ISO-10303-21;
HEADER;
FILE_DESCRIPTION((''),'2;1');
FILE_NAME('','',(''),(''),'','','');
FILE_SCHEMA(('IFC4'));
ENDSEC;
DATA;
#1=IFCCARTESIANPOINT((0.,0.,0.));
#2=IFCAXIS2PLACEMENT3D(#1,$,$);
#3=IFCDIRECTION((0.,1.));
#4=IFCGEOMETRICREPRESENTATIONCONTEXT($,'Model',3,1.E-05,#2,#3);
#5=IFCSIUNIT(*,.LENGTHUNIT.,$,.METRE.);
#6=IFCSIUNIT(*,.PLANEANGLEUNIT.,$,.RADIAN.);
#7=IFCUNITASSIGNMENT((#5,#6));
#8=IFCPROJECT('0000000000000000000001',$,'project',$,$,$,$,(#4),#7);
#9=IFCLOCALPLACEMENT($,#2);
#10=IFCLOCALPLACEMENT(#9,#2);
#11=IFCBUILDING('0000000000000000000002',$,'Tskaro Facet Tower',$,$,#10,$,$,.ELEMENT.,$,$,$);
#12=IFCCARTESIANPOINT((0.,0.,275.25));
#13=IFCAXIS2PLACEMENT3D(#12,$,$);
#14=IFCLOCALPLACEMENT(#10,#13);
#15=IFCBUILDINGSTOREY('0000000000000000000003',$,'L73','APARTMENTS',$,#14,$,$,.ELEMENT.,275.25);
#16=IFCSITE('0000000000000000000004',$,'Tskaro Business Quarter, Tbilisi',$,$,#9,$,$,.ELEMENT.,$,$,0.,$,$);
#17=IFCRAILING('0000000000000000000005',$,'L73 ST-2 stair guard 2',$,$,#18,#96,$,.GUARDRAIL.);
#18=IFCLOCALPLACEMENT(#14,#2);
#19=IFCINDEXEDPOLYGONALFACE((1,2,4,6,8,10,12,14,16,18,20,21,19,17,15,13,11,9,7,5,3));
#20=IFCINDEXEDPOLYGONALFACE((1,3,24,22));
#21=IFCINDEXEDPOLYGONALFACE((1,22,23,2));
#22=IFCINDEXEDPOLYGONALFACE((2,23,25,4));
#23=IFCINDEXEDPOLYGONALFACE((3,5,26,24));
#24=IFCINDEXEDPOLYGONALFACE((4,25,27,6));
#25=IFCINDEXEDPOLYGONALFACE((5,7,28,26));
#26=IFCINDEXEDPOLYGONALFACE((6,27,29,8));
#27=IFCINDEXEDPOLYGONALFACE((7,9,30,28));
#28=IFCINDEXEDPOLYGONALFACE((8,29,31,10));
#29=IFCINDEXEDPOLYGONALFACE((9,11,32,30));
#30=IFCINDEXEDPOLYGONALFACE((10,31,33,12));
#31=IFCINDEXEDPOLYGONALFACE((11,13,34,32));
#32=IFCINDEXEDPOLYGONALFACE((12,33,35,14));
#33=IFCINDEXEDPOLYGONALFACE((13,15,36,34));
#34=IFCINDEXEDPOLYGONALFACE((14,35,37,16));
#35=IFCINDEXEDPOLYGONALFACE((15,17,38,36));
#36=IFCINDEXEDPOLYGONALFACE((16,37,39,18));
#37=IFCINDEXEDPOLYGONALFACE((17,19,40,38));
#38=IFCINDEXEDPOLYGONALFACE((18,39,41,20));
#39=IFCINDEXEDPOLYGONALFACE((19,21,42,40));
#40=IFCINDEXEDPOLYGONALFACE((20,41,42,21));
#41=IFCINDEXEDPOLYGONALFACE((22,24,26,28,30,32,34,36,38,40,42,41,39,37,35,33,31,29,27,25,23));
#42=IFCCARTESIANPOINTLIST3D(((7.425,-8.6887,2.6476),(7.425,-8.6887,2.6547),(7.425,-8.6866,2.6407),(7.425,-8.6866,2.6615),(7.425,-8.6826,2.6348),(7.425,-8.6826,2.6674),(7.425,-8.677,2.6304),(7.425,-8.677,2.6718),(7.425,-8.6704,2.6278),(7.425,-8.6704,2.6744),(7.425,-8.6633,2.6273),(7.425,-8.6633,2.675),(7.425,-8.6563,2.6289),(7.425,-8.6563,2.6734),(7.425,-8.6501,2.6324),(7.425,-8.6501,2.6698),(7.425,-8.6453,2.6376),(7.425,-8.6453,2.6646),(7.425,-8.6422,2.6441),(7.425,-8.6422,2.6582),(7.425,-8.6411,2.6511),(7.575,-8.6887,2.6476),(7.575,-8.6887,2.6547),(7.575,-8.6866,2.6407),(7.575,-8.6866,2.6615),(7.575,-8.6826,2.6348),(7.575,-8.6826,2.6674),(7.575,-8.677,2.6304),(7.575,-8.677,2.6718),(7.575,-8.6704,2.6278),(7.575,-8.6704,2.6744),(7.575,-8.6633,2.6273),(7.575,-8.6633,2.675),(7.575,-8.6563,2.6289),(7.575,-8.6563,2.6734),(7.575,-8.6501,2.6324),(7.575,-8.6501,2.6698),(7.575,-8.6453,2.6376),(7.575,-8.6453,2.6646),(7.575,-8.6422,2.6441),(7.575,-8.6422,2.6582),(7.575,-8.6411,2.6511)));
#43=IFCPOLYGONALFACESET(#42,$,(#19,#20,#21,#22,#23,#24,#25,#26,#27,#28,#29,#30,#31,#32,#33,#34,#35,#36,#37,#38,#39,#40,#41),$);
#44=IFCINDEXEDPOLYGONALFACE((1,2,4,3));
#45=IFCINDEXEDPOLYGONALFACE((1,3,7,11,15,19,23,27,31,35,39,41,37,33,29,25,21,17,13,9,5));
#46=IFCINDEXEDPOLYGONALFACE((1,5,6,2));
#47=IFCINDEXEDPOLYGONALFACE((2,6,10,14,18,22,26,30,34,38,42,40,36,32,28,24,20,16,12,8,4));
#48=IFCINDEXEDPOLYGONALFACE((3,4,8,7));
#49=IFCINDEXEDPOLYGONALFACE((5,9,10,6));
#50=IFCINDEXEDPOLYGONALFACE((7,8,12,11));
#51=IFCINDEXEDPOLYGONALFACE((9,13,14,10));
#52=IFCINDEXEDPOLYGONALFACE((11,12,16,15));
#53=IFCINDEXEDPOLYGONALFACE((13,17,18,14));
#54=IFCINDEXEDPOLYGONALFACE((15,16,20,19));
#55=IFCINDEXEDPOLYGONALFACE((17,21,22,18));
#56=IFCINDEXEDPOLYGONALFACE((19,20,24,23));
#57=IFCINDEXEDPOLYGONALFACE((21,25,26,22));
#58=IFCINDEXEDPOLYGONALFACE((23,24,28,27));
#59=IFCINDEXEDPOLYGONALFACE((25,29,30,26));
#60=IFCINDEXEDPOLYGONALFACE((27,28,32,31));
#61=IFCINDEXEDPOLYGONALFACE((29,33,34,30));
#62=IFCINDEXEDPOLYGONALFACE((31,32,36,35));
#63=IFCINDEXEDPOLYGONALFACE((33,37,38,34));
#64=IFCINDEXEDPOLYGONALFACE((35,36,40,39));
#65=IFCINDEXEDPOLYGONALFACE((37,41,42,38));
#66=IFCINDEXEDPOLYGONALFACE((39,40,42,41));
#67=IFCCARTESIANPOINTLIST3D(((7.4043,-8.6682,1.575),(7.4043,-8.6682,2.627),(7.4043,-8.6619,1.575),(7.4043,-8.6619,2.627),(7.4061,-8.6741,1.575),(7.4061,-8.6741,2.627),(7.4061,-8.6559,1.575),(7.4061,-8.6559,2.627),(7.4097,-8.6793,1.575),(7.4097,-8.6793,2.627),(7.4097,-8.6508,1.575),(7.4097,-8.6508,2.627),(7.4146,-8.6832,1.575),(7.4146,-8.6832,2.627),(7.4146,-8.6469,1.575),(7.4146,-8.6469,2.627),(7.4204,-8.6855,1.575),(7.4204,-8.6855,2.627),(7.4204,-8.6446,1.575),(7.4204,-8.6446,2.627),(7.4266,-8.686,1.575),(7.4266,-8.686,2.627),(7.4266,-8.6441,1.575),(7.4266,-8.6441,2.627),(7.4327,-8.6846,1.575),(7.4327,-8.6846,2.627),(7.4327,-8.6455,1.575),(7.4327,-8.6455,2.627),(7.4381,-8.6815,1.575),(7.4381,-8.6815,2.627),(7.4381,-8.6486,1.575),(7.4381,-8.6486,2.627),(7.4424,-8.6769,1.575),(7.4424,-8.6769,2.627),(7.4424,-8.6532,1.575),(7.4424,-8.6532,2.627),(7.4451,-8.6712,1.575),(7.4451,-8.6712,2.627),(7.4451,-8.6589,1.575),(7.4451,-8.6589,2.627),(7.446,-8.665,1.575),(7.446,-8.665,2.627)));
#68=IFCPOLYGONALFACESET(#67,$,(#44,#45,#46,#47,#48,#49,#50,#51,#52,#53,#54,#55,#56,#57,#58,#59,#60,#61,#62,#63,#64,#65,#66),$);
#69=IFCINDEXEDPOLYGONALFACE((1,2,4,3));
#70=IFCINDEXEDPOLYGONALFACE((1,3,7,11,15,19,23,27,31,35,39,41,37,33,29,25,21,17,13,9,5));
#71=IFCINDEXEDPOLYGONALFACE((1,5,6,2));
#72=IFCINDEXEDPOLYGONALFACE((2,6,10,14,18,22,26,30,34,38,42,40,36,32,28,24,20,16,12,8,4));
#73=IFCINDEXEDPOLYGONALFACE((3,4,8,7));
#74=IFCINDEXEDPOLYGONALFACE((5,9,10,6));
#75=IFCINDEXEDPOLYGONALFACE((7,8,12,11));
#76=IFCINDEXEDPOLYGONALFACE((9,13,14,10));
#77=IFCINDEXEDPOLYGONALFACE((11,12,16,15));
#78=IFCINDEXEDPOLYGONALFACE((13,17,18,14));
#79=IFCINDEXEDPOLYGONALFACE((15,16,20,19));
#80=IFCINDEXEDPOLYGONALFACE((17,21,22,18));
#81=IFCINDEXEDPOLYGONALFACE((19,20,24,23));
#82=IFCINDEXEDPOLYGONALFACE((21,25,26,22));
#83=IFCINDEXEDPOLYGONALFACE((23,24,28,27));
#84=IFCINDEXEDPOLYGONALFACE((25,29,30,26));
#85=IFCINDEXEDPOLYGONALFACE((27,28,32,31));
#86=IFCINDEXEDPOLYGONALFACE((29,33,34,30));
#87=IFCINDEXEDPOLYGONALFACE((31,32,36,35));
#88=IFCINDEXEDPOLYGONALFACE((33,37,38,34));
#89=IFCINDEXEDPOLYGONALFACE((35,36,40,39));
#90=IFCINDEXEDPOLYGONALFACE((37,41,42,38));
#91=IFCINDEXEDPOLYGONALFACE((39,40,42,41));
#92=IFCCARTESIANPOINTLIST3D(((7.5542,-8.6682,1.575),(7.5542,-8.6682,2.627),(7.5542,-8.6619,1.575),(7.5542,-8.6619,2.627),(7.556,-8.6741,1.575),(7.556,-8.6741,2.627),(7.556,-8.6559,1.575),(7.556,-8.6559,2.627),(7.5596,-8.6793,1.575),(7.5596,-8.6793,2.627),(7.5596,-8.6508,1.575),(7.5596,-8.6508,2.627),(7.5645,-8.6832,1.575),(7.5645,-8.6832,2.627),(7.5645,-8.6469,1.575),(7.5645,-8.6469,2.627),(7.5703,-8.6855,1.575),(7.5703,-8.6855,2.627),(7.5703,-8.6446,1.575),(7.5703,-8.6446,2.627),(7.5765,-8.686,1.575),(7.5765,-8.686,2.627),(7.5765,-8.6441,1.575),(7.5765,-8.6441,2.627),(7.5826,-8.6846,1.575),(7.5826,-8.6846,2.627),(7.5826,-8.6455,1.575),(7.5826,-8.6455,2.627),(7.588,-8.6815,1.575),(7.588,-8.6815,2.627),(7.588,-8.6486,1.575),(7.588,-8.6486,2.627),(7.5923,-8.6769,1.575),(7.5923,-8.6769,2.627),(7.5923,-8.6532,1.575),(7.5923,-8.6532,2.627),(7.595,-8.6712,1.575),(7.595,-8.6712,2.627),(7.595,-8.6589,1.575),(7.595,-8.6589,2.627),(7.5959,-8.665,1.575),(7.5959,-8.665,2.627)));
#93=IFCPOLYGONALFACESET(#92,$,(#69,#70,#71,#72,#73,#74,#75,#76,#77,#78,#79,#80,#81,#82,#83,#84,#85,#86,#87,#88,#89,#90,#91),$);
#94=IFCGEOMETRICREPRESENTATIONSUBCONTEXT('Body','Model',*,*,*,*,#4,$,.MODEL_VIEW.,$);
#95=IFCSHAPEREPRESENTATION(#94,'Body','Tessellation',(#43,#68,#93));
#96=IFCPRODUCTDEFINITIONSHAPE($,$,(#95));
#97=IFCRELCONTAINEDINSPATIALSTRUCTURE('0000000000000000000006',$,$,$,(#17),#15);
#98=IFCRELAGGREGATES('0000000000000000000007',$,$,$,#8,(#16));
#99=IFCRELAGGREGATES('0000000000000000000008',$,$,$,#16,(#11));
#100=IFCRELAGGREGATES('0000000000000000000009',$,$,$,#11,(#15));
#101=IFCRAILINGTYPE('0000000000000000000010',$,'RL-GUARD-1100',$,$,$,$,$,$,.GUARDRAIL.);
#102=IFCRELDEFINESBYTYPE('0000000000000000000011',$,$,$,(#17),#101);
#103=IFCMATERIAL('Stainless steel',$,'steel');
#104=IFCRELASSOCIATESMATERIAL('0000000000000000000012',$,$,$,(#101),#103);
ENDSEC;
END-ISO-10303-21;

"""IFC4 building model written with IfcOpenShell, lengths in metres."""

from ifc_helpers import new_model, si_unit, direction, frame, origin, origin_2d, place, context, subcontext, project, spatial, circle, extrude, material, type_object, element, save


model = new_model("IFC4")

# Units and contexts
model_context = context("Model", 3, precision=1e-05, world=origin(), true_north=direction((0.0, 1.0)))
body_context = subcontext(model_context, "Body", "Model", "MODEL_VIEW")
ifc_project = project(units=[si_unit("LENGTHUNIT", "METRE"), si_unit("PLANEANGLEUNIT", "RADIAN")], contexts=[model_context])

# Site, building, storey
site_placement = place(None, origin())
site = spatial("IfcSite", under=ifc_project, at=site_placement, Name="Tskaro Business Quarter, Tbilisi", CompositionType="ELEMENT", RefElevation=0.0)
building_placement = place(site_placement, origin())
building = spatial("IfcBuilding", under=site, at=building_placement, Name="Tskaro Facet Tower", CompositionType="ELEMENT")
storey_placement = place(building_placement, frame((0.0, 0.0, 275.25)))
storey = spatial("IfcBuildingStorey", under=building, at=storey_placement, Name="L73", Description="APARTMENTS", CompositionType="ELEMENT", Elevation=275.25)

# Railing
ifc_material_1 = material(Name="Stainless steel", Category="steel")
railing_type_1 = type_object("IfcRailingType", Name="RL-GUARD-1100", PredefinedType="GUARDRAIL", material=ifc_material_1)
railing_1_placement = place(storey_placement, frame((7.425, -8.665, 1.575)))
element("IfcRailing", 1, at=railing_1_placement, inside=storey, type_object=railing_type_1, Name="L73 ST-2 stair guard 2", PredefinedType="GUARDRAIL", context=body_context, shape_type="SweptSolid", body=[
    extrude(circle(Radius=0.0239, at=origin_2d()), frame((0.0, 0.0, 1.0762), z_axis=(1.0, 0.0, 0.0), x_axis=(0.0, 1.0, 0.0)), (0.0, 0.0, 1.0), 0.1499),
    extrude(circle(Radius=0.021, at=origin_2d()), origin(), (0.0, 0.0, 1.0), 1.052),
    extrude(circle(Radius=0.021, at=origin_2d()), frame((0.1499, 0.0, 0.0)), (0.0, 0.0, 1.0), 1.052),
])

save(model, "model.ifc")
